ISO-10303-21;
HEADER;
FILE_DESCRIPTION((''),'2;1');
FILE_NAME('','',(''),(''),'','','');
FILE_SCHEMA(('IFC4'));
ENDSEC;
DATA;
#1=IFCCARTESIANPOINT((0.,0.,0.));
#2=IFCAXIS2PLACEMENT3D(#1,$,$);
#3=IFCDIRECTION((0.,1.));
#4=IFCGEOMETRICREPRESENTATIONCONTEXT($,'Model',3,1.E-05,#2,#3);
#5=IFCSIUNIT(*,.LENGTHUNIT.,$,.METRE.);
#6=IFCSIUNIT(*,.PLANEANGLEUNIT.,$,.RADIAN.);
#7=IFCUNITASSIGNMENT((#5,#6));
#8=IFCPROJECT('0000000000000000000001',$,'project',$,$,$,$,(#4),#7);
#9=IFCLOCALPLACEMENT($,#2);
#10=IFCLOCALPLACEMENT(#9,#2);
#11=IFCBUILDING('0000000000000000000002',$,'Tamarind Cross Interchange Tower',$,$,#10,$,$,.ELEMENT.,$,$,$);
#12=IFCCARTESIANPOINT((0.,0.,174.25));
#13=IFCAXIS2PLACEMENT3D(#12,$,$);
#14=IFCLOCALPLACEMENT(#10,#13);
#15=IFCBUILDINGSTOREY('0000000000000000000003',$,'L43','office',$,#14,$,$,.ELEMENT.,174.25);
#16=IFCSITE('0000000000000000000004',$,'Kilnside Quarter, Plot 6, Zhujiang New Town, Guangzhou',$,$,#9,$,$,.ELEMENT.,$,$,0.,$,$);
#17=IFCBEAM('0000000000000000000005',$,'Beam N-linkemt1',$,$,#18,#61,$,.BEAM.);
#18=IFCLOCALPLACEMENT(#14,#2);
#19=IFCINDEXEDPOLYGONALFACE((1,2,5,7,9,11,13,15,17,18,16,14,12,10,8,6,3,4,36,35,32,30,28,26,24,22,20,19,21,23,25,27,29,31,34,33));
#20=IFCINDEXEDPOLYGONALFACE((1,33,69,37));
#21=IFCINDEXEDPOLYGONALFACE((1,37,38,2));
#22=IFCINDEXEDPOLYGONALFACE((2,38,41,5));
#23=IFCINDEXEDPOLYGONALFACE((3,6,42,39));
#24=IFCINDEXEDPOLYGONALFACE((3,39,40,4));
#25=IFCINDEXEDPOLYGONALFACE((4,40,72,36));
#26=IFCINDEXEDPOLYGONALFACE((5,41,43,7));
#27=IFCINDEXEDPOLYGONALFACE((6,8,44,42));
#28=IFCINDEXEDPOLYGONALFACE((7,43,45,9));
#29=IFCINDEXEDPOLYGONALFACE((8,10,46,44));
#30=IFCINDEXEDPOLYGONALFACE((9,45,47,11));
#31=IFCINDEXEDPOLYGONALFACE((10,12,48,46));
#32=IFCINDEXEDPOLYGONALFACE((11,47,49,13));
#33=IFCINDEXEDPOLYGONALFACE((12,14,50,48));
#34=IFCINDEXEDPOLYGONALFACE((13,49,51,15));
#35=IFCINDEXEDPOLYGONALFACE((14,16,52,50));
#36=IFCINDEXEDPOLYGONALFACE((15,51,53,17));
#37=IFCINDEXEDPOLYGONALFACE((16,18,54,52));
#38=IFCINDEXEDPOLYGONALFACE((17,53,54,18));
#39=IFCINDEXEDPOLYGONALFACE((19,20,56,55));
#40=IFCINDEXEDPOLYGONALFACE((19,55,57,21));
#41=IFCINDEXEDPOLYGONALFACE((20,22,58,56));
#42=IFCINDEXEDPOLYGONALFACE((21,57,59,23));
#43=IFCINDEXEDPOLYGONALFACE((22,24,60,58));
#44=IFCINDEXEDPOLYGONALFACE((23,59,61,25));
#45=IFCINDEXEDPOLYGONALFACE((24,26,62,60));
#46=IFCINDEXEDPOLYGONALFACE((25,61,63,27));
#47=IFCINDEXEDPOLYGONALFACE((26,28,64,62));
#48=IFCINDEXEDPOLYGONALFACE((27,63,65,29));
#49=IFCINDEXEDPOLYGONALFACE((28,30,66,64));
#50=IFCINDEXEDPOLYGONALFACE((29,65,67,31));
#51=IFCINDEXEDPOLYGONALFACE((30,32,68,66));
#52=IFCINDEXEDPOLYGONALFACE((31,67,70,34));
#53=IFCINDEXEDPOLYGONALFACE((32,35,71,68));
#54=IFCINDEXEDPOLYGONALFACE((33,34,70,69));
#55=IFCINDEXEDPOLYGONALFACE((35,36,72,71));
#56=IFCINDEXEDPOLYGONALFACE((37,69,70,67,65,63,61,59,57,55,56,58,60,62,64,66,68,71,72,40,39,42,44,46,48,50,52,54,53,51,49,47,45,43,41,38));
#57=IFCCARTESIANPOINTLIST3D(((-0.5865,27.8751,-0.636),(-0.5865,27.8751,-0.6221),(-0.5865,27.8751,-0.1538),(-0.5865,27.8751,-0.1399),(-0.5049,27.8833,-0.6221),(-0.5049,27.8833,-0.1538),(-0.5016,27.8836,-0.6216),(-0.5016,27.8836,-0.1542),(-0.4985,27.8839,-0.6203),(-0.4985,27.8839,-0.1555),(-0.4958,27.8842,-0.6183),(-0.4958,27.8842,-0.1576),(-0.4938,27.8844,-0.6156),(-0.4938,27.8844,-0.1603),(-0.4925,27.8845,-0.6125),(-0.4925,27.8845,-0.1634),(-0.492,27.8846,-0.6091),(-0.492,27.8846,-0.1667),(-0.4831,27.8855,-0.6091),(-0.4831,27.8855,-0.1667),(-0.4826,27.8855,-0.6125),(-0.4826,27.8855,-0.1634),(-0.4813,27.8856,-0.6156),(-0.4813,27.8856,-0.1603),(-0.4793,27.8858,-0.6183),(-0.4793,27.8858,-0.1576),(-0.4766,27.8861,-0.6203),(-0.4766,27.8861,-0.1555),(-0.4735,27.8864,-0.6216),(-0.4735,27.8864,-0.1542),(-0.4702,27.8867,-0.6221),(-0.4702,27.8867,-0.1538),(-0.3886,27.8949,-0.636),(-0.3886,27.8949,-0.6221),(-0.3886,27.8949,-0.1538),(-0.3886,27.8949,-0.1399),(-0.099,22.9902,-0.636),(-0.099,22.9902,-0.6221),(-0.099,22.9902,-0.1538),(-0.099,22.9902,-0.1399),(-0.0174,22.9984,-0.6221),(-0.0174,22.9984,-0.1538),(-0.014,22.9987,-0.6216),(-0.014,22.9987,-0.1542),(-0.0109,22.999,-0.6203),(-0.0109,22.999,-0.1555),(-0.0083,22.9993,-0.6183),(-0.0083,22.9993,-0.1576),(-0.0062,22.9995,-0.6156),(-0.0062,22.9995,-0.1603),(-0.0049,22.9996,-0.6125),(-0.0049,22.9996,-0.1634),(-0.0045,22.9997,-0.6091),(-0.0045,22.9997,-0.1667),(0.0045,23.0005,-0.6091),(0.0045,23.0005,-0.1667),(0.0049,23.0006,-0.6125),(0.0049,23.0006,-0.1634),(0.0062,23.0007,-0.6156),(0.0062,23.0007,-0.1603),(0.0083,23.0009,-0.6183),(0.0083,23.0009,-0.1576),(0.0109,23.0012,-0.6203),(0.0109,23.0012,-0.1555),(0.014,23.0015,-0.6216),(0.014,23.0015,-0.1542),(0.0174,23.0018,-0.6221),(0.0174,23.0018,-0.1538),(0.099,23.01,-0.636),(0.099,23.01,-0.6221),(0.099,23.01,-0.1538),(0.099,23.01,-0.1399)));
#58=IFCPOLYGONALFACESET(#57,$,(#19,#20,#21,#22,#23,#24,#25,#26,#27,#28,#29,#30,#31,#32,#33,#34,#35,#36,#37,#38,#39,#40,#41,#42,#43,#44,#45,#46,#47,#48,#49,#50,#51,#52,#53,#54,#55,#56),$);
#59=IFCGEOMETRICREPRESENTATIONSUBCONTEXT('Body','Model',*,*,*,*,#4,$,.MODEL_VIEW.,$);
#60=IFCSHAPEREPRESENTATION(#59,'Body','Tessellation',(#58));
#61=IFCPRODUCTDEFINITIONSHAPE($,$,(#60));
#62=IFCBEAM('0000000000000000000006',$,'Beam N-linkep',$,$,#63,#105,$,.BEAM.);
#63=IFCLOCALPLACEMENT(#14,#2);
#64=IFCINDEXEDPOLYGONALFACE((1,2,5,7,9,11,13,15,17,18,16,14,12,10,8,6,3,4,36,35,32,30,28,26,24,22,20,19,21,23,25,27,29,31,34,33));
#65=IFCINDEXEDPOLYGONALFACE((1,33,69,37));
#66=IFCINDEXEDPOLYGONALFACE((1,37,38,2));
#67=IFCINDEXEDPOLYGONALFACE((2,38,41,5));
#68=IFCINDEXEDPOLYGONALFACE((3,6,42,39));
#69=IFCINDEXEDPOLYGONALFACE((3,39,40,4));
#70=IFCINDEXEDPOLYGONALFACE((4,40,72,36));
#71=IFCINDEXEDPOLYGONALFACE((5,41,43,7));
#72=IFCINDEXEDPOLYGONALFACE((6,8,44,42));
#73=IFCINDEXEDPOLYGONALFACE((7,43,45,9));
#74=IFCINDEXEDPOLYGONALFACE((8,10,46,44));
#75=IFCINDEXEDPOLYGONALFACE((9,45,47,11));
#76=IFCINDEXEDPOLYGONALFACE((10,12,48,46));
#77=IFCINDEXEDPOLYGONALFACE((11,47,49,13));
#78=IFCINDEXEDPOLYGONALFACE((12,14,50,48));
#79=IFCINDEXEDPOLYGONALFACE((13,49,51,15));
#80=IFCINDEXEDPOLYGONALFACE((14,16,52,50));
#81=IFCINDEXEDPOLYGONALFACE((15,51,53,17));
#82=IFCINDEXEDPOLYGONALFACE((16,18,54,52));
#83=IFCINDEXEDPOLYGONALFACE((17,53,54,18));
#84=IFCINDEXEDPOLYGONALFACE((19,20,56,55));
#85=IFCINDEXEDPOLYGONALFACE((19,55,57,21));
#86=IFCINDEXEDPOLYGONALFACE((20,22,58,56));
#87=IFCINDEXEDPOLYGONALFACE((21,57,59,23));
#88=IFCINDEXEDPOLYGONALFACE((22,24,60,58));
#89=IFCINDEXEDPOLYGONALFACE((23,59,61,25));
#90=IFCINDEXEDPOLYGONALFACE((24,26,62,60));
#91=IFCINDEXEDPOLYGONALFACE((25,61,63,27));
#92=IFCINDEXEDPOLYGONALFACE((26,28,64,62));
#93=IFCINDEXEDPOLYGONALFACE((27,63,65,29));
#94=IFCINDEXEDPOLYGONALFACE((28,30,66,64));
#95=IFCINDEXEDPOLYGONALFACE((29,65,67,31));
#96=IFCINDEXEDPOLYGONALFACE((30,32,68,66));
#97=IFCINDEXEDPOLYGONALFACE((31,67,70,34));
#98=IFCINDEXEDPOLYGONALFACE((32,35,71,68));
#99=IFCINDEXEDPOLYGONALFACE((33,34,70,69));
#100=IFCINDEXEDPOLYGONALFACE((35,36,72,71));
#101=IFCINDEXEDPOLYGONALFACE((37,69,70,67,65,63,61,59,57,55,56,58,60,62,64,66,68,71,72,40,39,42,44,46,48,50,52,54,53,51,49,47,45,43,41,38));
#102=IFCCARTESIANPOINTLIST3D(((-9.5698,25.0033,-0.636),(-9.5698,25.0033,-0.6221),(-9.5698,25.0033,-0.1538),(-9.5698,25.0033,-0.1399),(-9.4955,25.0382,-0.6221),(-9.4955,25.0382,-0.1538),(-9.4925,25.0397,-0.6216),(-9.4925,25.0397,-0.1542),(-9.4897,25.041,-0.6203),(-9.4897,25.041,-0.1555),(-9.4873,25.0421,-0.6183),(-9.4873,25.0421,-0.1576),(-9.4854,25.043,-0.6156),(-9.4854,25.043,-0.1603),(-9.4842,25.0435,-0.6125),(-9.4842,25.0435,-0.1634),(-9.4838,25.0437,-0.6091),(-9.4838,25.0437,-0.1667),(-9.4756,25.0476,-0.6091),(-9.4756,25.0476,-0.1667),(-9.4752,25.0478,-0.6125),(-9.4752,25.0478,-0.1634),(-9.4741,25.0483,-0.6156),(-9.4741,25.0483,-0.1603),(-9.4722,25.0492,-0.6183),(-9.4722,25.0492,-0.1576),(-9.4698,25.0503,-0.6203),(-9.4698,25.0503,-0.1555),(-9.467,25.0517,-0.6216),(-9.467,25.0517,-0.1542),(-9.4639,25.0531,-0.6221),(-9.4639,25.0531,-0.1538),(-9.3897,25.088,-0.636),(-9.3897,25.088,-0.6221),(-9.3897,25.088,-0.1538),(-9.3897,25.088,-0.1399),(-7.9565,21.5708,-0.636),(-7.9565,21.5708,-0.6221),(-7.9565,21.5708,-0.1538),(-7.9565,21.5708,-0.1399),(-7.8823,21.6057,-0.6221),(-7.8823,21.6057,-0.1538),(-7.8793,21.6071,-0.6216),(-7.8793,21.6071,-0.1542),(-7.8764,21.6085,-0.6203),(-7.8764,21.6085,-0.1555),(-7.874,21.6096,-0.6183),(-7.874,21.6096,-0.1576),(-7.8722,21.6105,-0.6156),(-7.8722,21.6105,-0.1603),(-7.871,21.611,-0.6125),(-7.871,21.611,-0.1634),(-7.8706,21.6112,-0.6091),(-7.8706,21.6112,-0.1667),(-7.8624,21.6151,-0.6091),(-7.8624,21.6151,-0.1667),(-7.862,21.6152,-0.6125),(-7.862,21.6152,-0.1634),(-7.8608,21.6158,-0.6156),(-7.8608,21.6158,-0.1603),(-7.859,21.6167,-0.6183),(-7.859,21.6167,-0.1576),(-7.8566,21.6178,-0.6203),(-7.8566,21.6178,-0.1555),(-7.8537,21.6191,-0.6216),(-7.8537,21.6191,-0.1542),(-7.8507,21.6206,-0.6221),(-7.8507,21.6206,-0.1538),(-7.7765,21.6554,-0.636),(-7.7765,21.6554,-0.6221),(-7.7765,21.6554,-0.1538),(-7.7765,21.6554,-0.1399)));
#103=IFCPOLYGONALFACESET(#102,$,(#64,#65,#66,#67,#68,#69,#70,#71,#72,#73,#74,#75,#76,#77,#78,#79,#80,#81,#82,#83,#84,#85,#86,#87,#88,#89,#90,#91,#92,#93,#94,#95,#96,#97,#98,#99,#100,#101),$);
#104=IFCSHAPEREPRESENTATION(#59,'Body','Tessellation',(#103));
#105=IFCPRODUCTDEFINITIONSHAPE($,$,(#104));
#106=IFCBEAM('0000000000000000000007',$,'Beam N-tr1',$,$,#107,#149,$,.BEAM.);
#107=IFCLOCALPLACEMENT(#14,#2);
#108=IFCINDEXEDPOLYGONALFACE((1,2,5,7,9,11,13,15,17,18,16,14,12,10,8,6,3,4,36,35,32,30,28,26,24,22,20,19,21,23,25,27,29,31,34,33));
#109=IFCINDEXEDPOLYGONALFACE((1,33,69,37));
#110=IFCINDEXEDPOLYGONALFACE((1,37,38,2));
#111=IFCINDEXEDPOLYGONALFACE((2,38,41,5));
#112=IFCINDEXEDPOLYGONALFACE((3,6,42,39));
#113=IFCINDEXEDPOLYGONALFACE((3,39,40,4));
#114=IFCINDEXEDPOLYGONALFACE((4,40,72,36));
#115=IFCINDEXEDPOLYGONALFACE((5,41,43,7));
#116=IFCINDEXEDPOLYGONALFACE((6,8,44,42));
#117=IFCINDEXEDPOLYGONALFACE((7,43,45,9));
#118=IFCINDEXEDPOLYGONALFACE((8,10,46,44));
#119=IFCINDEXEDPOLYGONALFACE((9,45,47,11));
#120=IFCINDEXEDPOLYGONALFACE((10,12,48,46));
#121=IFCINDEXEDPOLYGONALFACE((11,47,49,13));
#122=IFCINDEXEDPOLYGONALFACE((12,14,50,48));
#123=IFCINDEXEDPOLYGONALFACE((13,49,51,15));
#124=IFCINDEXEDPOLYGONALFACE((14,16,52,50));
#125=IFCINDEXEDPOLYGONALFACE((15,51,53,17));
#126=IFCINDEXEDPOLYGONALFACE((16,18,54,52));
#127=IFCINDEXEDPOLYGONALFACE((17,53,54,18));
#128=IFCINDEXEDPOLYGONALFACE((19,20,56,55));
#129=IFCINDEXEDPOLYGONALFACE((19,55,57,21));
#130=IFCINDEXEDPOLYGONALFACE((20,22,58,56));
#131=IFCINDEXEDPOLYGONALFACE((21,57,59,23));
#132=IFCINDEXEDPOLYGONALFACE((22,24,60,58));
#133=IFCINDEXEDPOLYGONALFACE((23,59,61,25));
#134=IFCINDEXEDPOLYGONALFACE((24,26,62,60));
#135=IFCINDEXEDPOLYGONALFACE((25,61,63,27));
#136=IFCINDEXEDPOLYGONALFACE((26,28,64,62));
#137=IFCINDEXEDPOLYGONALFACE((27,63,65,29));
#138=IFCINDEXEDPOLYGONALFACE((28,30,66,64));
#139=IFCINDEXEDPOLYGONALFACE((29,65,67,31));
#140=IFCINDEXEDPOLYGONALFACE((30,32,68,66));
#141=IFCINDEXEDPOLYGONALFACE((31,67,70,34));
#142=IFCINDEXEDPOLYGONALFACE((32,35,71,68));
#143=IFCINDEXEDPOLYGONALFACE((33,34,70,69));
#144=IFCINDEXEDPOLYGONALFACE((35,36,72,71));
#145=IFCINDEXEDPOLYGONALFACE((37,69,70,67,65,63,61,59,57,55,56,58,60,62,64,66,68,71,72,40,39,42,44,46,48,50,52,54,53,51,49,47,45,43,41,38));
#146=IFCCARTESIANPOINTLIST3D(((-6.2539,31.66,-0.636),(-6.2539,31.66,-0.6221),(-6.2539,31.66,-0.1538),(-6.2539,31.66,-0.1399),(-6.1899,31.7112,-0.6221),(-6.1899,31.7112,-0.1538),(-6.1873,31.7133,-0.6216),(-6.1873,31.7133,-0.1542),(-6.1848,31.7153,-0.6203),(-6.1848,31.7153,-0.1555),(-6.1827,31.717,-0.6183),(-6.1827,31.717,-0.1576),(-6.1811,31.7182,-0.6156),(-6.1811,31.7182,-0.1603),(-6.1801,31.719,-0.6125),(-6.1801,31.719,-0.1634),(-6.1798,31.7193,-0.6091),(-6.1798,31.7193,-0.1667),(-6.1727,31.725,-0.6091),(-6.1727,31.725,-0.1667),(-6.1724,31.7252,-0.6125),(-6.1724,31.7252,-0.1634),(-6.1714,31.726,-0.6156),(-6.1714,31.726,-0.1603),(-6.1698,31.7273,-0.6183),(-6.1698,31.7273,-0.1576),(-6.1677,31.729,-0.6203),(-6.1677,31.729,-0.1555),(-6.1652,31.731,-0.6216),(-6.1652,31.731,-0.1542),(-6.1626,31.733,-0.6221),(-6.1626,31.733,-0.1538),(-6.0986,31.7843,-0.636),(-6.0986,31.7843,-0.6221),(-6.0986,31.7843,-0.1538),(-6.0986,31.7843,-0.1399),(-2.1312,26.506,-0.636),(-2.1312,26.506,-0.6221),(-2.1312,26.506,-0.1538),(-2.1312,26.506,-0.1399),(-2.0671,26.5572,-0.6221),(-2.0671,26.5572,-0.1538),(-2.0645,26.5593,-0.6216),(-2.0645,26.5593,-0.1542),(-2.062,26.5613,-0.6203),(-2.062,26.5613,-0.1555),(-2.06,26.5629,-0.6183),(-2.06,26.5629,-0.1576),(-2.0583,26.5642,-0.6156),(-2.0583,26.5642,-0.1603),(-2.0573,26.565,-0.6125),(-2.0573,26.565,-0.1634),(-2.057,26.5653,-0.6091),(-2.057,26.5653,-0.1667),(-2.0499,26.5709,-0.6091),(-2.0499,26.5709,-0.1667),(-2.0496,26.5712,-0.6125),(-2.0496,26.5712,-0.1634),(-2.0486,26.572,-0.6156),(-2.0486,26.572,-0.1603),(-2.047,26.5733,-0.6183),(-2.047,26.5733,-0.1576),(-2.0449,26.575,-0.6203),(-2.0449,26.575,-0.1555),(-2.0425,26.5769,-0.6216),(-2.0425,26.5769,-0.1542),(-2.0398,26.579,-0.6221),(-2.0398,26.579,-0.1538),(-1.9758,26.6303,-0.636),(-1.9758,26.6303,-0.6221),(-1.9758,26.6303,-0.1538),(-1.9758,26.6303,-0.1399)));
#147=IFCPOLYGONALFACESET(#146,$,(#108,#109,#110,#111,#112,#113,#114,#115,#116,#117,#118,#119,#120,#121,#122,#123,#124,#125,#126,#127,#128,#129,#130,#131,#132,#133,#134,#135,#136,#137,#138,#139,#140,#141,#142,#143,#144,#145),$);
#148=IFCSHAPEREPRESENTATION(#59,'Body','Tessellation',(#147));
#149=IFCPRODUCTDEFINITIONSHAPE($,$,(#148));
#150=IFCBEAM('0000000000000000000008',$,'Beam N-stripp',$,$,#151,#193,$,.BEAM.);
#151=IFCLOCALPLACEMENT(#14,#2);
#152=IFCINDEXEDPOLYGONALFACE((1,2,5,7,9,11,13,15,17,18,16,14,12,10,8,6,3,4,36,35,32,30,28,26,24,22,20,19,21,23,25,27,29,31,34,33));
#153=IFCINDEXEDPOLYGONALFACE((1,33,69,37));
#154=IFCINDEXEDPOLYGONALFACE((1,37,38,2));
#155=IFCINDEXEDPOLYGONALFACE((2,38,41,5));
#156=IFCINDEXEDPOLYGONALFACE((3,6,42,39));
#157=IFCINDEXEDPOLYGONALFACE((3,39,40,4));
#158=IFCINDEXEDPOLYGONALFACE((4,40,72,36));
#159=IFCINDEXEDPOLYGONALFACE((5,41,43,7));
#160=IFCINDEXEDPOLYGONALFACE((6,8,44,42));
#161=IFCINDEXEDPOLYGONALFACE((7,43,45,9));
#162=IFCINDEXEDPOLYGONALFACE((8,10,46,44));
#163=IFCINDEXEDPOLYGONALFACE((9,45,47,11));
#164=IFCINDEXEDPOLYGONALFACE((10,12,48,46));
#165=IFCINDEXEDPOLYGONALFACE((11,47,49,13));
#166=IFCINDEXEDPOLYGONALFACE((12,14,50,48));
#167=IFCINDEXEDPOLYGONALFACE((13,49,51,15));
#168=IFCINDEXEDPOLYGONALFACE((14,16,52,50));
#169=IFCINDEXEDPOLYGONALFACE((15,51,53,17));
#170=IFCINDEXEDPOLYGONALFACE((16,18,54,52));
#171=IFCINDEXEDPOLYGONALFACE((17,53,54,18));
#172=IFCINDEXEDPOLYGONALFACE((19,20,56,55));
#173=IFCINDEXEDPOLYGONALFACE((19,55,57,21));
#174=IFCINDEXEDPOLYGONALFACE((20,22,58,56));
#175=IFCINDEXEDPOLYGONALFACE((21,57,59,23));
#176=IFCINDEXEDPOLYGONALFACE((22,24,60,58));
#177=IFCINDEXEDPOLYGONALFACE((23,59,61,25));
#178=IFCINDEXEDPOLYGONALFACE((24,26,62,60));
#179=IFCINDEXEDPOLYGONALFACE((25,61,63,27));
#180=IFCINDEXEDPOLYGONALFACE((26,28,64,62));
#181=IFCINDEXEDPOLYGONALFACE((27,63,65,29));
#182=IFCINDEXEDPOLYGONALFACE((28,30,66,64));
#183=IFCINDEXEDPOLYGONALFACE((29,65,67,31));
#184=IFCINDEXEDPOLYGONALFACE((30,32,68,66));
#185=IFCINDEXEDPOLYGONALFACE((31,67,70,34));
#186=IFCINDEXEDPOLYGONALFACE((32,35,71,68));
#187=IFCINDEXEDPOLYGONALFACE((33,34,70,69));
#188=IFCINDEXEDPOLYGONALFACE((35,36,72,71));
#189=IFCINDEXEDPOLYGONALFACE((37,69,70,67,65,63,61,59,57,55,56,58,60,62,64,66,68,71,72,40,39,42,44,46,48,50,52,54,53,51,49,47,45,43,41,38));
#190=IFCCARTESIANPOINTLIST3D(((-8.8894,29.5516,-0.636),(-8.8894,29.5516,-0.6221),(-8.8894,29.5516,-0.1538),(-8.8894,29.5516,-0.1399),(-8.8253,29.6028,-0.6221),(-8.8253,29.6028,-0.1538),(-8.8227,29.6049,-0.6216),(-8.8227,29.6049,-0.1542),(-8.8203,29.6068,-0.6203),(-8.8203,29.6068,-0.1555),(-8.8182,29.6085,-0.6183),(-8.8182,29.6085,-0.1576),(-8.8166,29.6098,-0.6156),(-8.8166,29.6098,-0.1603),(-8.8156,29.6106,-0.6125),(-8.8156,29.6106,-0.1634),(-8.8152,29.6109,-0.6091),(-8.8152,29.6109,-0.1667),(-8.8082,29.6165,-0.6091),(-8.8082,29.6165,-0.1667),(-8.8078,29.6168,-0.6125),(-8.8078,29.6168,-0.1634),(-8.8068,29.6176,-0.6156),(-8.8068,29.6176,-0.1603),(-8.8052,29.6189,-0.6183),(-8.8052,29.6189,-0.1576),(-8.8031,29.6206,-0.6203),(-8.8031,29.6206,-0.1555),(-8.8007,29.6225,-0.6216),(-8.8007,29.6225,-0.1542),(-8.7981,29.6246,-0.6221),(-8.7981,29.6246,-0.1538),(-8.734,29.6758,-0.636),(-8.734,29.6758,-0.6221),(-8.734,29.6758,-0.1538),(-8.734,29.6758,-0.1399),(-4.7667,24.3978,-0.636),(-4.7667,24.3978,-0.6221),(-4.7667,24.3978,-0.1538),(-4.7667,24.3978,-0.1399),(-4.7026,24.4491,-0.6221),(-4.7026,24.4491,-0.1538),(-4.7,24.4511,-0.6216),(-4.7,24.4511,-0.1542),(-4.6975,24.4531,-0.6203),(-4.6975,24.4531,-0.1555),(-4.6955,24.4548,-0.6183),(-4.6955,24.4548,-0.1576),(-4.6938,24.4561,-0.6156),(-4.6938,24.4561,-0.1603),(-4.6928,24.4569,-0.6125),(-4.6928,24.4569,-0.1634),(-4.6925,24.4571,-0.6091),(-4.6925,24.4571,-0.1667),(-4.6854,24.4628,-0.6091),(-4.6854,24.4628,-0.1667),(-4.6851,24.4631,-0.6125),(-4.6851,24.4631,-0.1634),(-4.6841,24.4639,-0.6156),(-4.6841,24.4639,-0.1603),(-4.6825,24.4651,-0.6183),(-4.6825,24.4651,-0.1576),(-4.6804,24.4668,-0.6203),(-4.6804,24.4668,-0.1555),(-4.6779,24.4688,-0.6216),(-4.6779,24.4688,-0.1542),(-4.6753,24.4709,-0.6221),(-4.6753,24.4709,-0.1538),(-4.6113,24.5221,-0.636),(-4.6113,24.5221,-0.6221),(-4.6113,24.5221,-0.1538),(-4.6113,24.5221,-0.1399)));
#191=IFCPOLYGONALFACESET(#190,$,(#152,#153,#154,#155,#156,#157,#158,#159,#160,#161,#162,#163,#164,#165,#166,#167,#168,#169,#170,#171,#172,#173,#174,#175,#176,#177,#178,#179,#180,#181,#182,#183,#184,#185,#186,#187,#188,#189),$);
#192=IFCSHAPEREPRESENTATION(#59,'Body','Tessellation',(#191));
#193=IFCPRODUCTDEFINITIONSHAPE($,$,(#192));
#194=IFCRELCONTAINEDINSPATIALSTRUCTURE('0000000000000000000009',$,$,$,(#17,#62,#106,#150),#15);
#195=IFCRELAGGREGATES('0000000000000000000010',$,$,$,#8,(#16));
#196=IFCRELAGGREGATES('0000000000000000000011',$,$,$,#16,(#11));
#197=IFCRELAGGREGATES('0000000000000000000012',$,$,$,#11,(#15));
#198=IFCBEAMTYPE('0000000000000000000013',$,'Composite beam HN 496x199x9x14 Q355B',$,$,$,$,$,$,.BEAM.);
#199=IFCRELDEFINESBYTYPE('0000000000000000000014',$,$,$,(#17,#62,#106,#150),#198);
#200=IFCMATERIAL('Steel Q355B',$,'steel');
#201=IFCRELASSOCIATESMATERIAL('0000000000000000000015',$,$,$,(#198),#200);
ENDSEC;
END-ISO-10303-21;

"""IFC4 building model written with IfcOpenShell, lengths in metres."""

from ifc_helpers import new_model, si_unit, direction, frame, origin, origin_2d, place, context, subcontext, project, spatial, i_section, extrude, material, material_profile, profile_set, type_object, element, save


model = new_model("IFC4")

# Units and contexts
model_context = context("Model", 3, precision=1e-05, world=origin(), true_north=direction((0.0, 1.0)))
body_context = subcontext(model_context, "Body", "Model", "MODEL_VIEW")
ifc_project = project(units=[si_unit("LENGTHUNIT", "METRE"), si_unit("PLANEANGLEUNIT", "RADIAN")], contexts=[model_context])

# Site, building, storey
site_placement = place(None, origin())
site = spatial("IfcSite", under=ifc_project, at=site_placement, Name="Kilnside Quarter, Plot 6, Zhujiang New Town, Guangzhou", CompositionType="ELEMENT", RefElevation=0.0)
building_placement = place(site_placement, origin())
building = spatial("IfcBuilding", under=site, at=building_placement, Name="Tamarind Cross Interchange Tower", CompositionType="ELEMENT")
storey_placement = place(building_placement, frame((0.0, 0.0, 174.25)))
storey = spatial("IfcBuildingStorey", under=building, at=storey_placement, Name="L43", Description="office", CompositionType="ELEMENT", Elevation=174.25)

# Beams
ifc_material_1 = material(Name="Steel Q355B", Category="steel")
ifc_material_profile_1 = material_profile(ifc_material_1, i_section(OverallWidth=0.199, OverallDepth=0.4961, WebThickness=0.009, FlangeThickness=0.0139, FilletRadius=0.0129, at=origin_2d()), Name="HN 496x199x9x14")
ifc_profile_set_1 = profile_set([ifc_material_profile_1], Name="Steel Q355B")
beam_type_1 = type_object("IfcBeamType", Name="Composite beam HN 496x199x9x14 Q355B", PredefinedType="BEAM", material=ifc_profile_set_1)
beam_1_placement = place(storey_placement, frame((-0.4875, 27.885, -0.3879), z_axis=(0.099312, -0.995056, 0.0), x_axis=(0.995056, 0.099312, 0.0)))
element("IfcBeam", 1, at=beam_1_placement, inside=storey, type_object=beam_type_1, Name="Beam N-linkemt1", PredefinedType="BEAM", context=body_context, shape_type="SweptSolid", body=[
    extrude(i_section(OverallWidth=0.199, OverallDepth=0.4961, WebThickness=0.009, FlangeThickness=0.0139, FilletRadius=0.0129, at=origin_2d()), origin(), (0.0, 0.0, 1.0), 4.9092),
])
beam_2_placement = place(storey_placement, frame((-9.4797, 25.0457, -0.3879), z_axis=(0.425351, -0.905029, 0.0), x_axis=(0.905029, 0.425351, 0.0)))
element("IfcBeam", 2, at=beam_2_placement, inside=storey, type_object=beam_type_1, Name="Beam N-linkep", PredefinedType="BEAM", context=body_context, shape_type="SweptSolid", body=[
    extrude(i_section(OverallWidth=0.199, OverallDepth=0.4961, WebThickness=0.009, FlangeThickness=0.0139, FilletRadius=0.0129, at=origin_2d()), origin(), (0.0, 0.0, 1.0), 3.7927),
])
beam_3_placement = place(storey_placement, frame((-2.0535, 26.5681, -0.3879), z_axis=(-0.624654, 0.780901, 0.0), x_axis=(-0.780901, -0.624654, 0.0)))
element("IfcBeam", 3, at=beam_3_placement, inside=storey, type_object=beam_type_1, Name="Beam N-tr1", PredefinedType="BEAM", context=body_context, shape_type="SweptSolid", body=[
    extrude(i_section(OverallWidth=0.199, OverallDepth=0.4961, WebThickness=0.009, FlangeThickness=0.0139, FilletRadius=0.0129, at=origin_2d()), origin(), (0.0, 0.0, 1.0), 6.6001),
])
beam_4_placement = place(storey_placement, frame((-4.689, 24.46, -0.3879), z_axis=(-0.624672, 0.780887, 0.0), x_axis=(-0.780887, -0.624672, 0.0)))
element("IfcBeam", 4, at=beam_4_placement, inside=storey, type_object=beam_type_1, Name="Beam N-stripp", PredefinedType="BEAM", context=body_context, shape_type="SweptSolid", body=[
    extrude(i_section(OverallWidth=0.199, OverallDepth=0.4961, WebThickness=0.009, FlangeThickness=0.0139, FilletRadius=0.0129, at=origin_2d()), origin(), (0.0, 0.0, 1.0), 6.5999),
])

save(model, "model.ifc")
